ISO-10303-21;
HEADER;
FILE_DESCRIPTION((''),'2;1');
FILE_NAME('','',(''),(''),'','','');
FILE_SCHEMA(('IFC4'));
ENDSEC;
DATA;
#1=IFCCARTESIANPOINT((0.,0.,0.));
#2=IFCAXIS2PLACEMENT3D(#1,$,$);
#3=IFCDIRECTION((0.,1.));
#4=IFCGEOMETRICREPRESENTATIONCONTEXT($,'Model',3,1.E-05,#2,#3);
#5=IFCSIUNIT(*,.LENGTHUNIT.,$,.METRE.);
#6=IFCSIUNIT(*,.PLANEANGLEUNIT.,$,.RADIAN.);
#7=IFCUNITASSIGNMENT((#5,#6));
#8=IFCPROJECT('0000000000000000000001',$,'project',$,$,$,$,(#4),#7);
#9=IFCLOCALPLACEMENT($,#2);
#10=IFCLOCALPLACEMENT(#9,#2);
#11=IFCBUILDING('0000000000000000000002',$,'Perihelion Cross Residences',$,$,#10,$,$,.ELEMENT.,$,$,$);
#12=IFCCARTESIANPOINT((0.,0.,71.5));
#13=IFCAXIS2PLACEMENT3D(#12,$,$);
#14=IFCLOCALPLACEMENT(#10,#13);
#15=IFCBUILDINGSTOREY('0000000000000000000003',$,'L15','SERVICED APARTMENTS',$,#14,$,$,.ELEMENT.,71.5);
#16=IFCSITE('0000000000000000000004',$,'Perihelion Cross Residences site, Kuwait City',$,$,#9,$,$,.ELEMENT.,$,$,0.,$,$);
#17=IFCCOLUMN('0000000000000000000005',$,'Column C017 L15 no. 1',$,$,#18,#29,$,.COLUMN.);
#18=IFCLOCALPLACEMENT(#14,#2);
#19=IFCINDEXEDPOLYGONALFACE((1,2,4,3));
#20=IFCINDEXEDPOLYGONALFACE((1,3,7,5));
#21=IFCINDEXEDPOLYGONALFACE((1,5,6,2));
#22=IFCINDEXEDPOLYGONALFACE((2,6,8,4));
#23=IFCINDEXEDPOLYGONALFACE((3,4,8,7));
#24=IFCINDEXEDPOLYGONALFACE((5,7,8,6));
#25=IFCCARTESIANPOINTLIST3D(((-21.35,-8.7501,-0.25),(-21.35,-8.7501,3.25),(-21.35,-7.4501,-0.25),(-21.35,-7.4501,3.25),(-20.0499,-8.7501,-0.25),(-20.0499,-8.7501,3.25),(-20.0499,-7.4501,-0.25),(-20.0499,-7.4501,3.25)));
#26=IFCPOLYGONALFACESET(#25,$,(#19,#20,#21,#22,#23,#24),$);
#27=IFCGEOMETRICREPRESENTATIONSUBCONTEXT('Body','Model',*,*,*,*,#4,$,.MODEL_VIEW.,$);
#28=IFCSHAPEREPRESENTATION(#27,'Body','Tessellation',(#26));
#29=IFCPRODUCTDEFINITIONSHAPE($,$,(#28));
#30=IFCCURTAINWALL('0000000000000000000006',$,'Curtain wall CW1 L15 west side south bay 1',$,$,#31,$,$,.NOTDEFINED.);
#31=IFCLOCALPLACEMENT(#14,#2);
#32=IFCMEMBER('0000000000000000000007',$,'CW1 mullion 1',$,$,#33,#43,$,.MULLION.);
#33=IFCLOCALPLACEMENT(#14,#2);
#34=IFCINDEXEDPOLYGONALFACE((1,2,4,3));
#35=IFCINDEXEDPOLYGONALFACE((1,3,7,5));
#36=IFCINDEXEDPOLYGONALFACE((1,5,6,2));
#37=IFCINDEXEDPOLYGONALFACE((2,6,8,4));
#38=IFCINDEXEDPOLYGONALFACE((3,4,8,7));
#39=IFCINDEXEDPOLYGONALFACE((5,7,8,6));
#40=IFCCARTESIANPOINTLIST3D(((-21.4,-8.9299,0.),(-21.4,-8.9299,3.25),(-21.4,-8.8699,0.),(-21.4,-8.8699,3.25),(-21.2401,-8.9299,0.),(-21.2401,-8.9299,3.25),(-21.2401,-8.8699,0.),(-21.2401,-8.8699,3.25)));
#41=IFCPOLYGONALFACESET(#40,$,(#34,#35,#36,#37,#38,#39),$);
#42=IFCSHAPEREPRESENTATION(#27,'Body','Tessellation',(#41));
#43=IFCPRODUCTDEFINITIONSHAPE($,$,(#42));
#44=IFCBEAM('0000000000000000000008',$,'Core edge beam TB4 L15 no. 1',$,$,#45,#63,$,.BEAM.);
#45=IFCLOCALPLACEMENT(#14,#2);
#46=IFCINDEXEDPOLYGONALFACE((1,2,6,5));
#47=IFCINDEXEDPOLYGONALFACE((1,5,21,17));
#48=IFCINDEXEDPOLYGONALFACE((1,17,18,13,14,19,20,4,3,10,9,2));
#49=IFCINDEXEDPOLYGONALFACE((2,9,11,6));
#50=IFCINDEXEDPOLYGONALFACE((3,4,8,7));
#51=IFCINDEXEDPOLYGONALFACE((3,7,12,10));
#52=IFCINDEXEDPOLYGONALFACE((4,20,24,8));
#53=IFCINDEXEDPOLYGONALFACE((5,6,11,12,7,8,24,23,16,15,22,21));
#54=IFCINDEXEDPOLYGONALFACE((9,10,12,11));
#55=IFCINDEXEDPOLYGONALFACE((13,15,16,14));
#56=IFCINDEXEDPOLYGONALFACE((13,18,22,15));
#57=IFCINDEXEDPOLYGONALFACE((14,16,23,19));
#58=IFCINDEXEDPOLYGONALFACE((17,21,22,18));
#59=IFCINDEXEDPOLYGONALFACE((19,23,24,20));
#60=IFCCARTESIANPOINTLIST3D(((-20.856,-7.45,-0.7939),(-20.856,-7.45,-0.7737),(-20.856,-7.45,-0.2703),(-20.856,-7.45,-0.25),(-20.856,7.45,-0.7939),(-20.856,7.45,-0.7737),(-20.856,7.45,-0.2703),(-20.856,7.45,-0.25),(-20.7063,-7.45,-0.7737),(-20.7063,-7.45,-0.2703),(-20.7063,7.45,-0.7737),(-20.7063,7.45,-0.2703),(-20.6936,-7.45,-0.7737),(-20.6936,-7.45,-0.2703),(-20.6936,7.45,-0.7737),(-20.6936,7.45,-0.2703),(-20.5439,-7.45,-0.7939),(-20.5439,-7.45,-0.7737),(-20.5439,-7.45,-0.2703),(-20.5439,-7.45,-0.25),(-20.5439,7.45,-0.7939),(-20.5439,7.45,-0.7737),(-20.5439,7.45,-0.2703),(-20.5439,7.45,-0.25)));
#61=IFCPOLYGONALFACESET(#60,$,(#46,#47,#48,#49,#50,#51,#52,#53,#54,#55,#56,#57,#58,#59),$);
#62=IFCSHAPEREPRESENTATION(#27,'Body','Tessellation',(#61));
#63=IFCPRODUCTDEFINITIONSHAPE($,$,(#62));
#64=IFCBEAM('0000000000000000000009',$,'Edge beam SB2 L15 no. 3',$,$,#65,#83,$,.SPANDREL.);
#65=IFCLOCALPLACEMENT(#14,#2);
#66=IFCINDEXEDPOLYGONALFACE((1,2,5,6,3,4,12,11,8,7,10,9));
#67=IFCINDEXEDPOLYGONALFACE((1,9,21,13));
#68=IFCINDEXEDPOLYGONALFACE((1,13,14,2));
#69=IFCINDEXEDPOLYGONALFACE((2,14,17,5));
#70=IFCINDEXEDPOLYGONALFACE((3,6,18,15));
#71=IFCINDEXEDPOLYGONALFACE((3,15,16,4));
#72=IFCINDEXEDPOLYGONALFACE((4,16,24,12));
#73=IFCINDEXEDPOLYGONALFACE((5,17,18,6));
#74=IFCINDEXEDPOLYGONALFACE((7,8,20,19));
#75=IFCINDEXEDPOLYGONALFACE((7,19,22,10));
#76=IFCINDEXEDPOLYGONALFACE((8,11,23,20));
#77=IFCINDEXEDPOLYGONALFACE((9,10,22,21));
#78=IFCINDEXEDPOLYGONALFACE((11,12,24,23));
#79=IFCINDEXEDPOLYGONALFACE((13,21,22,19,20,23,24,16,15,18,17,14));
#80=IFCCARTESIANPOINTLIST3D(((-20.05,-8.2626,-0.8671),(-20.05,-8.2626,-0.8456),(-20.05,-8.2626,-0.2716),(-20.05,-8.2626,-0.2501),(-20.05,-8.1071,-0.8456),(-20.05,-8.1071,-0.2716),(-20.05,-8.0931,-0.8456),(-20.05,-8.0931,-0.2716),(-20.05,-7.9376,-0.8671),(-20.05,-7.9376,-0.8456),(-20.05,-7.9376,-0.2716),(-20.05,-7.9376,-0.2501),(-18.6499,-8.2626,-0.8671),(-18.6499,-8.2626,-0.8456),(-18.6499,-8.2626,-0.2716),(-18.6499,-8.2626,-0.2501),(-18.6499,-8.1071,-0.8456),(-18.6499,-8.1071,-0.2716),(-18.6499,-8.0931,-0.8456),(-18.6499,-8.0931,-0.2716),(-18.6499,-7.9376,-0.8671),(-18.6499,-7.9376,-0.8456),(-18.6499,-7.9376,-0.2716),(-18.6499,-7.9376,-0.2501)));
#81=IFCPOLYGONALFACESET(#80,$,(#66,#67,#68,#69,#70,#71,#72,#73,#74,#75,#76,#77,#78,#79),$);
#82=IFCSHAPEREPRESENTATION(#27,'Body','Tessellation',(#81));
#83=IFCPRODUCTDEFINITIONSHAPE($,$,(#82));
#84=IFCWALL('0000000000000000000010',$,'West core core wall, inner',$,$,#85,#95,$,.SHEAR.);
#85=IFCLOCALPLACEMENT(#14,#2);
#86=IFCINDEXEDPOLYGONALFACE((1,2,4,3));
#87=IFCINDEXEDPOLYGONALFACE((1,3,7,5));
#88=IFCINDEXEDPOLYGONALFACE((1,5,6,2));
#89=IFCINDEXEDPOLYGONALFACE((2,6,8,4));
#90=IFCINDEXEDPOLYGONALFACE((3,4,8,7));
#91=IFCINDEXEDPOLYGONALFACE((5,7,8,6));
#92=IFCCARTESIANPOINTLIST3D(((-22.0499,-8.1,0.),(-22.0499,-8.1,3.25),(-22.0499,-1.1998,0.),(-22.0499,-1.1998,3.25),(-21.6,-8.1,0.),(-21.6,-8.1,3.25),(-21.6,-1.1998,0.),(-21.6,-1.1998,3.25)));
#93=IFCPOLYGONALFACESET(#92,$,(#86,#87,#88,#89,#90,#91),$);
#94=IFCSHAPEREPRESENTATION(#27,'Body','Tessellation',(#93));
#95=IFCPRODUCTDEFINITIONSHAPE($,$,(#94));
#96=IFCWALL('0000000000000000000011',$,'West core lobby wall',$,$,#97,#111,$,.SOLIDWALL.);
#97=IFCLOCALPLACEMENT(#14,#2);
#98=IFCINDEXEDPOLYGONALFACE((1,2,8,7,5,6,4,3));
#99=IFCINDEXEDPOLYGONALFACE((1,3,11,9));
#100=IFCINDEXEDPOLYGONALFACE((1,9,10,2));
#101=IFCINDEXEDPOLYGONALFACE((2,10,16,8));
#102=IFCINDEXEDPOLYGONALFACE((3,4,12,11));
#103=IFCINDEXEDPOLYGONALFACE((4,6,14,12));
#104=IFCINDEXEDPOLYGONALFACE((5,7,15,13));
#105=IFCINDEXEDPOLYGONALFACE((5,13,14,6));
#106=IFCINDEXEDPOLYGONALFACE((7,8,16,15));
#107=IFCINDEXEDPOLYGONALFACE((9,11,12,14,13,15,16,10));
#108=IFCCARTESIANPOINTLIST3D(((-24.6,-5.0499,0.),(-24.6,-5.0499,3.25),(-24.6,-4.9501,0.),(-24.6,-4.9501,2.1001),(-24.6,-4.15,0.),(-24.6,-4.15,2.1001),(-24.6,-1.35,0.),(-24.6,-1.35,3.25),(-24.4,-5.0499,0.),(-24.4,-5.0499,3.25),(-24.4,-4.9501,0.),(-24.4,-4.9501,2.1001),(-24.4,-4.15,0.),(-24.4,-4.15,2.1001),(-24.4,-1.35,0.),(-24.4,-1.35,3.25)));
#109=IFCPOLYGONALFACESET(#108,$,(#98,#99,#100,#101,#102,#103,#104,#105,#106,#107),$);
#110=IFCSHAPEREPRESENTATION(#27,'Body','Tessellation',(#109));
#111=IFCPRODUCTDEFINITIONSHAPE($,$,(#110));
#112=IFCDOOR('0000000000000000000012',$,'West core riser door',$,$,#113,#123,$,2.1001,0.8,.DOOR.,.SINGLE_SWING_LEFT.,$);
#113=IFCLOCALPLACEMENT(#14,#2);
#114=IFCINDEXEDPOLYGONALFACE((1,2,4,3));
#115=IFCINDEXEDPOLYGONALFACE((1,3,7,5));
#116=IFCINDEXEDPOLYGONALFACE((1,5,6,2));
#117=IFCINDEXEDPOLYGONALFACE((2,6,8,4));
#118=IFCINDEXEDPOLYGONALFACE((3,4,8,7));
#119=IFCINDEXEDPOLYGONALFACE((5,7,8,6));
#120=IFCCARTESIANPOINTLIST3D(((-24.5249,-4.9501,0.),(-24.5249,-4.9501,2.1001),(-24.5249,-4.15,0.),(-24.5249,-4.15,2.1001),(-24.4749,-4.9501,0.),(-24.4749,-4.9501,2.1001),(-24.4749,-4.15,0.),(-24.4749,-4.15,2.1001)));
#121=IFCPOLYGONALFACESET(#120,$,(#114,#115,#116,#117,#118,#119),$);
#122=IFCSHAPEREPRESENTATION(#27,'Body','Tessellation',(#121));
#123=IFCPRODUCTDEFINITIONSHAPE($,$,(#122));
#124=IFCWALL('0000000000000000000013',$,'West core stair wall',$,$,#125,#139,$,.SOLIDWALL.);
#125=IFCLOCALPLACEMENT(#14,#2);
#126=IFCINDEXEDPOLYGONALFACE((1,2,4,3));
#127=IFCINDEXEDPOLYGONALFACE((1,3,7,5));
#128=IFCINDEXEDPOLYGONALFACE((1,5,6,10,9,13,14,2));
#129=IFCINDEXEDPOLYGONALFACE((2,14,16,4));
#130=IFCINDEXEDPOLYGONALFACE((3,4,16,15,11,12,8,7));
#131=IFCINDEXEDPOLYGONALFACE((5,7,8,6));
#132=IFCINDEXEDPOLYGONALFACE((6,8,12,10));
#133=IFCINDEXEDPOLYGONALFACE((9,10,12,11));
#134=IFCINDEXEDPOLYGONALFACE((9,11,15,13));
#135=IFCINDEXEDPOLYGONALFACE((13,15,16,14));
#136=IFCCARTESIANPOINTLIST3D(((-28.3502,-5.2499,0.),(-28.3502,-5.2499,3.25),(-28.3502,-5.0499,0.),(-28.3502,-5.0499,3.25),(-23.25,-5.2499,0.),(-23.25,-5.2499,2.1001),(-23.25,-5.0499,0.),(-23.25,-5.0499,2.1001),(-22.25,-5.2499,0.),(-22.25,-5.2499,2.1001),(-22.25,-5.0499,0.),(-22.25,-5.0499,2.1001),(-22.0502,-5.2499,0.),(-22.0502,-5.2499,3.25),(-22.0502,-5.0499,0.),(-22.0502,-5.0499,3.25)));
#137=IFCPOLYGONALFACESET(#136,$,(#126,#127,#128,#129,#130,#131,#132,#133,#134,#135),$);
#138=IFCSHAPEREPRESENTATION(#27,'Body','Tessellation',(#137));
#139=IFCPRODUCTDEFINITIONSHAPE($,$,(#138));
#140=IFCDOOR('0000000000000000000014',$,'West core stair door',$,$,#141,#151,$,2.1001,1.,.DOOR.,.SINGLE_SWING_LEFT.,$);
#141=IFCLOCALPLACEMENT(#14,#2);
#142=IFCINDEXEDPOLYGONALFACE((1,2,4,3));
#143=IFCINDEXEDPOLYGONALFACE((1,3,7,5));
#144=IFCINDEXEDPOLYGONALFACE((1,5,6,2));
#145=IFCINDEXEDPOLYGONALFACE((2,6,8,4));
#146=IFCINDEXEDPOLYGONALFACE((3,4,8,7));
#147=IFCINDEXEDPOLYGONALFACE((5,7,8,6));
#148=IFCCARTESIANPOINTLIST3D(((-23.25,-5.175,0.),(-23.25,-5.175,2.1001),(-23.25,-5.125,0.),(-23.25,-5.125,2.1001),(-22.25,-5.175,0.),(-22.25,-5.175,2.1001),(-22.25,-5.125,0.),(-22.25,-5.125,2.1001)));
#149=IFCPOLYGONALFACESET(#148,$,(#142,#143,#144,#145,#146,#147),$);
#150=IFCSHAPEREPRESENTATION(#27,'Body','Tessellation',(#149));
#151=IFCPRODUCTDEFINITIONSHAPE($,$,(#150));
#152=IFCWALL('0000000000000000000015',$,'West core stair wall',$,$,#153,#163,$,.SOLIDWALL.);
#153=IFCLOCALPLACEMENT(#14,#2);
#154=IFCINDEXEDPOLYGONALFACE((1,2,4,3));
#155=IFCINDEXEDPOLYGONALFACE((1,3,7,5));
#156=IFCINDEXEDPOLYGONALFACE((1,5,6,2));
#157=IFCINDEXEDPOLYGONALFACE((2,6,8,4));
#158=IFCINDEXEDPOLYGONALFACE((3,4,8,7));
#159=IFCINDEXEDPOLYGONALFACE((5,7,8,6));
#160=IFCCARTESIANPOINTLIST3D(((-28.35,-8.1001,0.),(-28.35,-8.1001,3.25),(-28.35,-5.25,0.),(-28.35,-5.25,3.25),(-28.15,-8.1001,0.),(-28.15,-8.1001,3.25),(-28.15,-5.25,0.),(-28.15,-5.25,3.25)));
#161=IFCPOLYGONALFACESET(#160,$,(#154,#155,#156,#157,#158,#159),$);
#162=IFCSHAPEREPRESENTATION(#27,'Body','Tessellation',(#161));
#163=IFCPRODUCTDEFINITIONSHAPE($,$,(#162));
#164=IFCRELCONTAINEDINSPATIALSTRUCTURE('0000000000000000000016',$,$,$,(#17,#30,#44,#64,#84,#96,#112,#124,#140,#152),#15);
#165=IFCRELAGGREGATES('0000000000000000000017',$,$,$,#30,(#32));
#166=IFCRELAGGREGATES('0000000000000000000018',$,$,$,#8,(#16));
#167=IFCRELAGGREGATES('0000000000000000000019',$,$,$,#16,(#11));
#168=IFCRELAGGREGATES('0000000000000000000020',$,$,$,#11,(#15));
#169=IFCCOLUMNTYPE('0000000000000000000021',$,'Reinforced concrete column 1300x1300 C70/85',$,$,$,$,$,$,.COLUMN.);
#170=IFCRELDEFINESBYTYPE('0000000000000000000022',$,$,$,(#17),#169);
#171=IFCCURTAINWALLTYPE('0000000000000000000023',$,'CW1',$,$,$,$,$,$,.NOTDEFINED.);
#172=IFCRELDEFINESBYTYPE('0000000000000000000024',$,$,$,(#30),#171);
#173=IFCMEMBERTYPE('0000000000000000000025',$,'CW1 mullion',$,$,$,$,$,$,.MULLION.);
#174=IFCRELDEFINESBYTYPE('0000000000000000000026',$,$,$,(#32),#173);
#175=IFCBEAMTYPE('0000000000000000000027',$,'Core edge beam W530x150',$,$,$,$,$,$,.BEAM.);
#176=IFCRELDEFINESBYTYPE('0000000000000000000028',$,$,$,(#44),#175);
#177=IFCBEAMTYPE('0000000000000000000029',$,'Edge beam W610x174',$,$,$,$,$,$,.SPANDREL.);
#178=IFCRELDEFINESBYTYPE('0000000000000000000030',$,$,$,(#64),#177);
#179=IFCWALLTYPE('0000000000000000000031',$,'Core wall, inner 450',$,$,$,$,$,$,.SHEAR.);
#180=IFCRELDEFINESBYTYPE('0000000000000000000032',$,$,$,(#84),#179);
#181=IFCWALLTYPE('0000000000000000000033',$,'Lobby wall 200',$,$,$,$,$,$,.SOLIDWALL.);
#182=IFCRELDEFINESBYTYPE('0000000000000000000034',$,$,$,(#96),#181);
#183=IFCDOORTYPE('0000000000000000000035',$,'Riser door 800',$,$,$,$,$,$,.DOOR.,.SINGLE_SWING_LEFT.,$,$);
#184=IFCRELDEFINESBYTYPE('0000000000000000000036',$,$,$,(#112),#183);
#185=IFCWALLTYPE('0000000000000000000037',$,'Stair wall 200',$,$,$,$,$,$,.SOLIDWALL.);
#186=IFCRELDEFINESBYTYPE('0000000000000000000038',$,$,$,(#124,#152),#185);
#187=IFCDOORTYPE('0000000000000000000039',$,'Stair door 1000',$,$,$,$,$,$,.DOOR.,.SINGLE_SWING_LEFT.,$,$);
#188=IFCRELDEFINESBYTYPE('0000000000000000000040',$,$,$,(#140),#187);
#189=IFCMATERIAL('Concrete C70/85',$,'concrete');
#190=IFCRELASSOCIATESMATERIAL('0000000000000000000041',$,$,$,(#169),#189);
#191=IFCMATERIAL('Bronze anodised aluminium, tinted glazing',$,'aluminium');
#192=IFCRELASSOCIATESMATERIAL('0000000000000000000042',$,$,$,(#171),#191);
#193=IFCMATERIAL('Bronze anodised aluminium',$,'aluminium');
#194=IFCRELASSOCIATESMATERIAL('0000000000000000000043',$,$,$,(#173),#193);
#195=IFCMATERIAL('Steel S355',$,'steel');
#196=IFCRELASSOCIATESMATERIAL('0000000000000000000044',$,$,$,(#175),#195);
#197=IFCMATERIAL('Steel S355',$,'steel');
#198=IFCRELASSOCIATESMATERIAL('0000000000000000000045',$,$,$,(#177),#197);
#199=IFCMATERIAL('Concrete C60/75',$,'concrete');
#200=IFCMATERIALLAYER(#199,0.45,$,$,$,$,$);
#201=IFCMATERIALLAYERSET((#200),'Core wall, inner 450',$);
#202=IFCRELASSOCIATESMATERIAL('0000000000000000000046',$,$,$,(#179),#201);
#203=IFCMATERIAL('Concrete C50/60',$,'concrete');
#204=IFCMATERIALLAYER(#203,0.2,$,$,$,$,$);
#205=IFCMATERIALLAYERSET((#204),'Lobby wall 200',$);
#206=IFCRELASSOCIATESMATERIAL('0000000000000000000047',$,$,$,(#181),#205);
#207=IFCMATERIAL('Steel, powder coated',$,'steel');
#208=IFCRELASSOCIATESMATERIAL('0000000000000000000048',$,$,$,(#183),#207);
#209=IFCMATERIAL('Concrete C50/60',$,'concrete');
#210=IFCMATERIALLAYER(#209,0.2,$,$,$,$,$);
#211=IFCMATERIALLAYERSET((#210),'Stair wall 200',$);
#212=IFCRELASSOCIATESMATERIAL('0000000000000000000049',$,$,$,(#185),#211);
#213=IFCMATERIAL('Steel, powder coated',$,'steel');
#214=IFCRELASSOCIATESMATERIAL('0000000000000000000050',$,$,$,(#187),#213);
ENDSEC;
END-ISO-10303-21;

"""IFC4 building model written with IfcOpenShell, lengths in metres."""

from ifc_helpers import new_model, si_unit, direction, frame, frame_2d, origin, origin_2d, place, context, subcontext, project, spatial, rectangle, i_section, extrude, material, layer, layer_set, material_profile, profile_set, type_object, element, fill, aggregate, save


model = new_model("IFC4")

# Units and contexts
model_context = context("Model", 3, precision=1e-05, world=origin(), true_north=direction((0.0, 1.0)))
body_context = subcontext(model_context, "Body", "Model", "MODEL_VIEW")
ifc_project = project(units=[si_unit("LENGTHUNIT", "METRE"), si_unit("PLANEANGLEUNIT", "RADIAN")], contexts=[model_context])

# Site, building, storey
site_placement = place(None, origin())
site = spatial("IfcSite", under=ifc_project, at=site_placement, Name="Perihelion Cross Residences site, Kuwait City", CompositionType="ELEMENT", RefElevation=0.0)
building_placement = place(site_placement, origin())
building = spatial("IfcBuilding", under=site, at=building_placement, Name="Perihelion Cross Residences", CompositionType="ELEMENT")
storey_placement = place(building_placement, frame((0.0, 0.0, 71.5)))
storey = spatial("IfcBuildingStorey", under=building, at=storey_placement, Name="L15", Description="SERVICED APARTMENTS", CompositionType="ELEMENT", Elevation=71.5)

# Column
ifc_material_1 = material(Name="Concrete C70/85", Category="concrete")
ifc_material_profile_1 = material_profile(ifc_material_1, rectangle(XDim=1.3, YDim=1.3, at=origin_2d()), Name="RC 1300x1300")
ifc_profile_set_1 = profile_set([ifc_material_profile_1], Name="Concrete C70/85")
column_type = type_object("IfcColumnType", Name="Reinforced concrete column 1300x1300 C70/85", PredefinedType="COLUMN", material=ifc_profile_set_1)
column_placement = place(storey_placement, frame((-20.7, -8.1001, -0.25), z_axis=(0.0, 0.0, 1.0), x_axis=(1.0, 0.0, 0.0)))
element("IfcColumn", 1, at=column_placement, inside=storey, type_object=column_type, Name="Column C017 L15 no. 1", PredefinedType="COLUMN", context=body_context, shape_type="SweptSolid", body=[
    extrude(rectangle(XDim=1.3, YDim=1.3, at=origin_2d()), origin(), (0.0, 0.0, 1.0), 3.5),
])

# Curtain wall, member
ifc_material_2 = material(Name="Bronze anodised aluminium, tinted glazing", Category="aluminium")
curtain_wall_type = type_object("IfcCurtainWallType", Name="CW1", PredefinedType="NOTDEFINED", material=ifc_material_2)
curtain_wall_placement = place(storey_placement, origin())
curtain_wall = element("IfcCurtainWall", 2, at=curtain_wall_placement, inside=storey, type_object=curtain_wall_type, Name="Curtain wall CW1 L15 west side south bay 1", PredefinedType="NOTDEFINED")
ifc_material_3 = material(Name="Bronze anodised aluminium", Category="aluminium")
ifc_material_profile_2 = material_profile(ifc_material_3, rectangle(XDim=0.0601, YDim=0.1599, at=origin_2d()), Name="CW1 mullion")
ifc_profile_set_2 = profile_set([ifc_material_profile_2], Name="Bronze anodised aluminium")
member_type = type_object("IfcMemberType", Name="CW1 mullion", PredefinedType="MULLION", material=ifc_profile_set_2)
member_placement = place(storey_placement, frame((-21.3201, -8.8999, 0.0), z_axis=(0.0, 0.0, 1.0), x_axis=(0.0, 1.0, 0.0)))
member = element("IfcMember", 3, at=member_placement, type_object=member_type, Name="CW1 mullion 1", PredefinedType="MULLION", context=body_context, shape_type="SweptSolid", body=[
    extrude(rectangle(XDim=0.0601, YDim=0.1599, at=origin_2d()), origin(), (0.0, 0.0, 1.0), 3.25),
])
aggregate(curtain_wall, [member])

# Beams
ifc_material_4 = material(Name="Steel S355", Category="steel")
ifc_material_profile_3 = material_profile(ifc_material_4, i_section(OverallWidth=0.312, OverallDepth=0.5439, WebThickness=0.0127, FlangeThickness=0.0203, at=origin_2d()), Name="W530x150")
ifc_profile_set_3 = profile_set([ifc_material_profile_3], Name="Steel S355")
beam_type_1 = type_object("IfcBeamType", Name="Core edge beam W530x150", PredefinedType="BEAM", material=ifc_profile_set_3)
beam_1_placement = place(storey_placement, frame((-20.7, -7.45, -0.522), z_axis=(0.0, 1.0, 0.0), x_axis=(-1.0, 0.0, 0.0)))
element("IfcBeam", 4, at=beam_1_placement, inside=storey, type_object=beam_type_1, Name="Core edge beam TB4 L15 no. 1", PredefinedType="BEAM", context=body_context, shape_type="SweptSolid", body=[
    extrude(i_section(OverallWidth=0.312, OverallDepth=0.5439, WebThickness=0.0127, FlangeThickness=0.0203, at=origin_2d()), origin(), (0.0, 0.0, 1.0), 14.8999),
])
ifc_material_5 = material(Name="Steel S355", Category="steel")
ifc_material_profile_4 = material_profile(ifc_material_5, i_section(OverallWidth=0.325, OverallDepth=0.6169, WebThickness=0.0139, FlangeThickness=0.0215, at=origin_2d()), Name="W610x174")
ifc_profile_set_4 = profile_set([ifc_material_profile_4], Name="Steel S355")
beam_type_2 = type_object("IfcBeamType", Name="Edge beam W610x174", PredefinedType="SPANDREL", material=ifc_profile_set_4)
beam_2_placement = place(storey_placement, frame((-20.05, -8.1001, -0.5586), z_axis=(1.0, 0.0, 0.0), x_axis=(0.0, 1.0, 0.0)))
element("IfcBeam", 5, at=beam_2_placement, inside=storey, type_object=beam_type_2, Name="Edge beam SB2 L15 no. 3", PredefinedType="SPANDREL", context=body_context, shape_type="SweptSolid", body=[
    extrude(i_section(OverallWidth=0.325, OverallDepth=0.6169, WebThickness=0.0139, FlangeThickness=0.0215, at=origin_2d()), origin(), (0.0, 0.0, 1.0), 1.4001),
])

# Wall
ifc_material_6 = material(Name="Concrete C60/75", Category="concrete")
ifc_layer_1 = layer(ifc_material_6, 0.45)
ifc_layer_set_1 = layer_set([ifc_layer_1], Name="Core wall, inner 450")
wall_type_1 = type_object("IfcWallType", Name="Core wall, inner 450", PredefinedType="SHEAR", material=ifc_layer_set_1)
wall_1_placement = place(storey_placement, frame((-21.825, -8.1001, 0.0), z_axis=(0.0, 0.0, 1.0), x_axis=(0.0, 1.0, 0.0)))
element("IfcWall", 6, at=wall_1_placement, inside=storey, type_object=wall_type_1, Name="West core core wall, inner", PredefinedType="SHEAR", context=body_context, shape_type="SweptSolid", body=[
    extrude(rectangle(XDim=6.9001, YDim=0.45, at=frame_2d((3.4502, 0.0))), origin(), (0.0, 0.0, 1.0), 3.25),
])

# Walls, openings, doors
ifc_material_7 = material(Name="Concrete C50/60", Category="concrete")
ifc_layer_2 = layer(ifc_material_7, 0.2)
ifc_layer_set_2 = layer_set([ifc_layer_2], Name="Lobby wall 200")
wall_type_2 = type_object("IfcWallType", Name="Lobby wall 200", PredefinedType="SOLIDWALL", material=ifc_layer_set_2)
wall_2_placement = place(storey_placement, frame((-24.5, -5.05, 0.0), z_axis=(0.0, 0.0, 1.0), x_axis=(0.0, 1.0, 0.0)))
wall_2 = element("IfcWall", 7, at=wall_2_placement, inside=storey, type_object=wall_type_2, Name="West core lobby wall", PredefinedType="SOLIDWALL", context=body_context, shape_type="SweptSolid", body=[
    extrude(rectangle(XDim=3.7, YDim=0.2, at=frame_2d((1.8501, 0.0))), origin(), (0.0, 0.0, 1.0), 3.25),
])
opening_1_placement = place(wall_2_placement, frame((0.1001, 0.0, 0.0)))
opening_1 = element("IfcOpeningElement", 8, at=opening_1_placement, cuts=wall_2, PredefinedType="OPENING", context=body_context, shape_type="SweptSolid", body=[
    extrude(rectangle(XDim=0.8, YDim=2.1001, at=frame_2d((0.3999, 1.05))), frame((0.0, 0.1099, 0.0), z_axis=(0.0, -1.0, 0.0), x_axis=(1.0, 0.0, 0.0)), (0.0, 0.0, 1.0), 0.22),
])
ifc_material_8 = material(Name="Steel, powder coated", Category="steel")
door_type_1 = type_object("IfcDoorType", Name="Riser door 800", OperationType="SINGLE_SWING_LEFT", PredefinedType="DOOR", material=ifc_material_8)
door_1_placement = place(opening_1_placement, origin())
door_1 = element("IfcDoor", 9, at=door_1_placement, inside=storey, type_object=door_type_1, Name="West core riser door", OperationType="SINGLE_SWING_LEFT", OverallHeight=2.1001, OverallWidth=0.8, PredefinedType="DOOR", context=body_context, shape_type="SweptSolid", body=[
    extrude(rectangle(XDim=0.8, YDim=2.1001, at=frame_2d((0.3999, 1.05))), frame((0.0, 0.0249, 0.0), z_axis=(0.0, -1.0, 0.0), x_axis=(1.0, 0.0, 0.0)), (0.0, 0.0, 1.0), 0.05),
])
fill(opening_1, door_1)
ifc_material_9 = material(Name="Concrete C50/60", Category="concrete")
ifc_layer_3 = layer(ifc_material_9, 0.2)
ifc_layer_set_3 = layer_set([ifc_layer_3], Name="Stair wall 200")
wall_type_3 = type_object("IfcWallType", Name="Stair wall 200", PredefinedType="SOLIDWALL", material=ifc_layer_set_3)
wall_3_placement = place(storey_placement, frame((-28.3501, -5.1499, 0.0), z_axis=(0.0, 0.0, 1.0), x_axis=(1.0, 0.0, 0.0)))
wall_3 = element("IfcWall", 10, at=wall_3_placement, inside=storey, type_object=wall_type_3, Name="West core stair wall", PredefinedType="SOLIDWALL", context=body_context, shape_type="SweptSolid", body=[
    extrude(rectangle(XDim=6.3, YDim=0.2, at=frame_2d((3.1499, 0.0))), origin(), (0.0, 0.0, 1.0), 3.25),
])
opening_2_placement = place(wall_3_placement, frame((5.1001, 0.0, 0.0)))
opening_2 = element("IfcOpeningElement", 11, at=opening_2_placement, cuts=wall_3, PredefinedType="OPENING", context=body_context, shape_type="SweptSolid", body=[
    extrude(rectangle(XDim=1.0, YDim=2.1001, at=frame_2d((0.5, 1.05))), frame((0.0, 0.1099, 0.0), z_axis=(0.0, -1.0, 0.0), x_axis=(1.0, 0.0, 0.0)), (0.0, 0.0, 1.0), 0.22),
])
ifc_material_10 = material(Name="Steel, powder coated", Category="steel")
door_type_2 = type_object("IfcDoorType", Name="Stair door 1000", OperationType="SINGLE_SWING_LEFT", PredefinedType="DOOR", material=ifc_material_10)
door_2_placement = place(opening_2_placement, origin())
door_2 = element("IfcDoor", 12, at=door_2_placement, inside=storey, type_object=door_type_2, Name="West core stair door", OperationType="SINGLE_SWING_LEFT", OverallHeight=2.1001, OverallWidth=1.0, PredefinedType="DOOR", context=body_context, shape_type="SweptSolid", body=[
    extrude(rectangle(XDim=1.0, YDim=2.1001, at=frame_2d((0.5, 1.05))), frame((0.0, 0.0249, 0.0), z_axis=(0.0, -1.0, 0.0), x_axis=(1.0, 0.0, 0.0)), (0.0, 0.0, 1.0), 0.05),
])
fill(opening_2, door_2)

# Wall
wall_4_placement = place(storey_placement, frame((-28.25, -8.1001, 0.0), z_axis=(0.0, 0.0, 1.0), x_axis=(0.0, 1.0, 0.0)))
element("IfcWall", 13, at=wall_4_placement, inside=storey, type_object=wall_type_3, Name="West core stair wall", PredefinedType="SOLIDWALL", context=body_context, shape_type="SweptSolid", body=[
    extrude(rectangle(XDim=2.8501, YDim=0.2, at=frame_2d((1.425, 0.0))), origin(), (0.0, 0.0, 1.0), 3.25),
])

save(model, "model.ifc")
